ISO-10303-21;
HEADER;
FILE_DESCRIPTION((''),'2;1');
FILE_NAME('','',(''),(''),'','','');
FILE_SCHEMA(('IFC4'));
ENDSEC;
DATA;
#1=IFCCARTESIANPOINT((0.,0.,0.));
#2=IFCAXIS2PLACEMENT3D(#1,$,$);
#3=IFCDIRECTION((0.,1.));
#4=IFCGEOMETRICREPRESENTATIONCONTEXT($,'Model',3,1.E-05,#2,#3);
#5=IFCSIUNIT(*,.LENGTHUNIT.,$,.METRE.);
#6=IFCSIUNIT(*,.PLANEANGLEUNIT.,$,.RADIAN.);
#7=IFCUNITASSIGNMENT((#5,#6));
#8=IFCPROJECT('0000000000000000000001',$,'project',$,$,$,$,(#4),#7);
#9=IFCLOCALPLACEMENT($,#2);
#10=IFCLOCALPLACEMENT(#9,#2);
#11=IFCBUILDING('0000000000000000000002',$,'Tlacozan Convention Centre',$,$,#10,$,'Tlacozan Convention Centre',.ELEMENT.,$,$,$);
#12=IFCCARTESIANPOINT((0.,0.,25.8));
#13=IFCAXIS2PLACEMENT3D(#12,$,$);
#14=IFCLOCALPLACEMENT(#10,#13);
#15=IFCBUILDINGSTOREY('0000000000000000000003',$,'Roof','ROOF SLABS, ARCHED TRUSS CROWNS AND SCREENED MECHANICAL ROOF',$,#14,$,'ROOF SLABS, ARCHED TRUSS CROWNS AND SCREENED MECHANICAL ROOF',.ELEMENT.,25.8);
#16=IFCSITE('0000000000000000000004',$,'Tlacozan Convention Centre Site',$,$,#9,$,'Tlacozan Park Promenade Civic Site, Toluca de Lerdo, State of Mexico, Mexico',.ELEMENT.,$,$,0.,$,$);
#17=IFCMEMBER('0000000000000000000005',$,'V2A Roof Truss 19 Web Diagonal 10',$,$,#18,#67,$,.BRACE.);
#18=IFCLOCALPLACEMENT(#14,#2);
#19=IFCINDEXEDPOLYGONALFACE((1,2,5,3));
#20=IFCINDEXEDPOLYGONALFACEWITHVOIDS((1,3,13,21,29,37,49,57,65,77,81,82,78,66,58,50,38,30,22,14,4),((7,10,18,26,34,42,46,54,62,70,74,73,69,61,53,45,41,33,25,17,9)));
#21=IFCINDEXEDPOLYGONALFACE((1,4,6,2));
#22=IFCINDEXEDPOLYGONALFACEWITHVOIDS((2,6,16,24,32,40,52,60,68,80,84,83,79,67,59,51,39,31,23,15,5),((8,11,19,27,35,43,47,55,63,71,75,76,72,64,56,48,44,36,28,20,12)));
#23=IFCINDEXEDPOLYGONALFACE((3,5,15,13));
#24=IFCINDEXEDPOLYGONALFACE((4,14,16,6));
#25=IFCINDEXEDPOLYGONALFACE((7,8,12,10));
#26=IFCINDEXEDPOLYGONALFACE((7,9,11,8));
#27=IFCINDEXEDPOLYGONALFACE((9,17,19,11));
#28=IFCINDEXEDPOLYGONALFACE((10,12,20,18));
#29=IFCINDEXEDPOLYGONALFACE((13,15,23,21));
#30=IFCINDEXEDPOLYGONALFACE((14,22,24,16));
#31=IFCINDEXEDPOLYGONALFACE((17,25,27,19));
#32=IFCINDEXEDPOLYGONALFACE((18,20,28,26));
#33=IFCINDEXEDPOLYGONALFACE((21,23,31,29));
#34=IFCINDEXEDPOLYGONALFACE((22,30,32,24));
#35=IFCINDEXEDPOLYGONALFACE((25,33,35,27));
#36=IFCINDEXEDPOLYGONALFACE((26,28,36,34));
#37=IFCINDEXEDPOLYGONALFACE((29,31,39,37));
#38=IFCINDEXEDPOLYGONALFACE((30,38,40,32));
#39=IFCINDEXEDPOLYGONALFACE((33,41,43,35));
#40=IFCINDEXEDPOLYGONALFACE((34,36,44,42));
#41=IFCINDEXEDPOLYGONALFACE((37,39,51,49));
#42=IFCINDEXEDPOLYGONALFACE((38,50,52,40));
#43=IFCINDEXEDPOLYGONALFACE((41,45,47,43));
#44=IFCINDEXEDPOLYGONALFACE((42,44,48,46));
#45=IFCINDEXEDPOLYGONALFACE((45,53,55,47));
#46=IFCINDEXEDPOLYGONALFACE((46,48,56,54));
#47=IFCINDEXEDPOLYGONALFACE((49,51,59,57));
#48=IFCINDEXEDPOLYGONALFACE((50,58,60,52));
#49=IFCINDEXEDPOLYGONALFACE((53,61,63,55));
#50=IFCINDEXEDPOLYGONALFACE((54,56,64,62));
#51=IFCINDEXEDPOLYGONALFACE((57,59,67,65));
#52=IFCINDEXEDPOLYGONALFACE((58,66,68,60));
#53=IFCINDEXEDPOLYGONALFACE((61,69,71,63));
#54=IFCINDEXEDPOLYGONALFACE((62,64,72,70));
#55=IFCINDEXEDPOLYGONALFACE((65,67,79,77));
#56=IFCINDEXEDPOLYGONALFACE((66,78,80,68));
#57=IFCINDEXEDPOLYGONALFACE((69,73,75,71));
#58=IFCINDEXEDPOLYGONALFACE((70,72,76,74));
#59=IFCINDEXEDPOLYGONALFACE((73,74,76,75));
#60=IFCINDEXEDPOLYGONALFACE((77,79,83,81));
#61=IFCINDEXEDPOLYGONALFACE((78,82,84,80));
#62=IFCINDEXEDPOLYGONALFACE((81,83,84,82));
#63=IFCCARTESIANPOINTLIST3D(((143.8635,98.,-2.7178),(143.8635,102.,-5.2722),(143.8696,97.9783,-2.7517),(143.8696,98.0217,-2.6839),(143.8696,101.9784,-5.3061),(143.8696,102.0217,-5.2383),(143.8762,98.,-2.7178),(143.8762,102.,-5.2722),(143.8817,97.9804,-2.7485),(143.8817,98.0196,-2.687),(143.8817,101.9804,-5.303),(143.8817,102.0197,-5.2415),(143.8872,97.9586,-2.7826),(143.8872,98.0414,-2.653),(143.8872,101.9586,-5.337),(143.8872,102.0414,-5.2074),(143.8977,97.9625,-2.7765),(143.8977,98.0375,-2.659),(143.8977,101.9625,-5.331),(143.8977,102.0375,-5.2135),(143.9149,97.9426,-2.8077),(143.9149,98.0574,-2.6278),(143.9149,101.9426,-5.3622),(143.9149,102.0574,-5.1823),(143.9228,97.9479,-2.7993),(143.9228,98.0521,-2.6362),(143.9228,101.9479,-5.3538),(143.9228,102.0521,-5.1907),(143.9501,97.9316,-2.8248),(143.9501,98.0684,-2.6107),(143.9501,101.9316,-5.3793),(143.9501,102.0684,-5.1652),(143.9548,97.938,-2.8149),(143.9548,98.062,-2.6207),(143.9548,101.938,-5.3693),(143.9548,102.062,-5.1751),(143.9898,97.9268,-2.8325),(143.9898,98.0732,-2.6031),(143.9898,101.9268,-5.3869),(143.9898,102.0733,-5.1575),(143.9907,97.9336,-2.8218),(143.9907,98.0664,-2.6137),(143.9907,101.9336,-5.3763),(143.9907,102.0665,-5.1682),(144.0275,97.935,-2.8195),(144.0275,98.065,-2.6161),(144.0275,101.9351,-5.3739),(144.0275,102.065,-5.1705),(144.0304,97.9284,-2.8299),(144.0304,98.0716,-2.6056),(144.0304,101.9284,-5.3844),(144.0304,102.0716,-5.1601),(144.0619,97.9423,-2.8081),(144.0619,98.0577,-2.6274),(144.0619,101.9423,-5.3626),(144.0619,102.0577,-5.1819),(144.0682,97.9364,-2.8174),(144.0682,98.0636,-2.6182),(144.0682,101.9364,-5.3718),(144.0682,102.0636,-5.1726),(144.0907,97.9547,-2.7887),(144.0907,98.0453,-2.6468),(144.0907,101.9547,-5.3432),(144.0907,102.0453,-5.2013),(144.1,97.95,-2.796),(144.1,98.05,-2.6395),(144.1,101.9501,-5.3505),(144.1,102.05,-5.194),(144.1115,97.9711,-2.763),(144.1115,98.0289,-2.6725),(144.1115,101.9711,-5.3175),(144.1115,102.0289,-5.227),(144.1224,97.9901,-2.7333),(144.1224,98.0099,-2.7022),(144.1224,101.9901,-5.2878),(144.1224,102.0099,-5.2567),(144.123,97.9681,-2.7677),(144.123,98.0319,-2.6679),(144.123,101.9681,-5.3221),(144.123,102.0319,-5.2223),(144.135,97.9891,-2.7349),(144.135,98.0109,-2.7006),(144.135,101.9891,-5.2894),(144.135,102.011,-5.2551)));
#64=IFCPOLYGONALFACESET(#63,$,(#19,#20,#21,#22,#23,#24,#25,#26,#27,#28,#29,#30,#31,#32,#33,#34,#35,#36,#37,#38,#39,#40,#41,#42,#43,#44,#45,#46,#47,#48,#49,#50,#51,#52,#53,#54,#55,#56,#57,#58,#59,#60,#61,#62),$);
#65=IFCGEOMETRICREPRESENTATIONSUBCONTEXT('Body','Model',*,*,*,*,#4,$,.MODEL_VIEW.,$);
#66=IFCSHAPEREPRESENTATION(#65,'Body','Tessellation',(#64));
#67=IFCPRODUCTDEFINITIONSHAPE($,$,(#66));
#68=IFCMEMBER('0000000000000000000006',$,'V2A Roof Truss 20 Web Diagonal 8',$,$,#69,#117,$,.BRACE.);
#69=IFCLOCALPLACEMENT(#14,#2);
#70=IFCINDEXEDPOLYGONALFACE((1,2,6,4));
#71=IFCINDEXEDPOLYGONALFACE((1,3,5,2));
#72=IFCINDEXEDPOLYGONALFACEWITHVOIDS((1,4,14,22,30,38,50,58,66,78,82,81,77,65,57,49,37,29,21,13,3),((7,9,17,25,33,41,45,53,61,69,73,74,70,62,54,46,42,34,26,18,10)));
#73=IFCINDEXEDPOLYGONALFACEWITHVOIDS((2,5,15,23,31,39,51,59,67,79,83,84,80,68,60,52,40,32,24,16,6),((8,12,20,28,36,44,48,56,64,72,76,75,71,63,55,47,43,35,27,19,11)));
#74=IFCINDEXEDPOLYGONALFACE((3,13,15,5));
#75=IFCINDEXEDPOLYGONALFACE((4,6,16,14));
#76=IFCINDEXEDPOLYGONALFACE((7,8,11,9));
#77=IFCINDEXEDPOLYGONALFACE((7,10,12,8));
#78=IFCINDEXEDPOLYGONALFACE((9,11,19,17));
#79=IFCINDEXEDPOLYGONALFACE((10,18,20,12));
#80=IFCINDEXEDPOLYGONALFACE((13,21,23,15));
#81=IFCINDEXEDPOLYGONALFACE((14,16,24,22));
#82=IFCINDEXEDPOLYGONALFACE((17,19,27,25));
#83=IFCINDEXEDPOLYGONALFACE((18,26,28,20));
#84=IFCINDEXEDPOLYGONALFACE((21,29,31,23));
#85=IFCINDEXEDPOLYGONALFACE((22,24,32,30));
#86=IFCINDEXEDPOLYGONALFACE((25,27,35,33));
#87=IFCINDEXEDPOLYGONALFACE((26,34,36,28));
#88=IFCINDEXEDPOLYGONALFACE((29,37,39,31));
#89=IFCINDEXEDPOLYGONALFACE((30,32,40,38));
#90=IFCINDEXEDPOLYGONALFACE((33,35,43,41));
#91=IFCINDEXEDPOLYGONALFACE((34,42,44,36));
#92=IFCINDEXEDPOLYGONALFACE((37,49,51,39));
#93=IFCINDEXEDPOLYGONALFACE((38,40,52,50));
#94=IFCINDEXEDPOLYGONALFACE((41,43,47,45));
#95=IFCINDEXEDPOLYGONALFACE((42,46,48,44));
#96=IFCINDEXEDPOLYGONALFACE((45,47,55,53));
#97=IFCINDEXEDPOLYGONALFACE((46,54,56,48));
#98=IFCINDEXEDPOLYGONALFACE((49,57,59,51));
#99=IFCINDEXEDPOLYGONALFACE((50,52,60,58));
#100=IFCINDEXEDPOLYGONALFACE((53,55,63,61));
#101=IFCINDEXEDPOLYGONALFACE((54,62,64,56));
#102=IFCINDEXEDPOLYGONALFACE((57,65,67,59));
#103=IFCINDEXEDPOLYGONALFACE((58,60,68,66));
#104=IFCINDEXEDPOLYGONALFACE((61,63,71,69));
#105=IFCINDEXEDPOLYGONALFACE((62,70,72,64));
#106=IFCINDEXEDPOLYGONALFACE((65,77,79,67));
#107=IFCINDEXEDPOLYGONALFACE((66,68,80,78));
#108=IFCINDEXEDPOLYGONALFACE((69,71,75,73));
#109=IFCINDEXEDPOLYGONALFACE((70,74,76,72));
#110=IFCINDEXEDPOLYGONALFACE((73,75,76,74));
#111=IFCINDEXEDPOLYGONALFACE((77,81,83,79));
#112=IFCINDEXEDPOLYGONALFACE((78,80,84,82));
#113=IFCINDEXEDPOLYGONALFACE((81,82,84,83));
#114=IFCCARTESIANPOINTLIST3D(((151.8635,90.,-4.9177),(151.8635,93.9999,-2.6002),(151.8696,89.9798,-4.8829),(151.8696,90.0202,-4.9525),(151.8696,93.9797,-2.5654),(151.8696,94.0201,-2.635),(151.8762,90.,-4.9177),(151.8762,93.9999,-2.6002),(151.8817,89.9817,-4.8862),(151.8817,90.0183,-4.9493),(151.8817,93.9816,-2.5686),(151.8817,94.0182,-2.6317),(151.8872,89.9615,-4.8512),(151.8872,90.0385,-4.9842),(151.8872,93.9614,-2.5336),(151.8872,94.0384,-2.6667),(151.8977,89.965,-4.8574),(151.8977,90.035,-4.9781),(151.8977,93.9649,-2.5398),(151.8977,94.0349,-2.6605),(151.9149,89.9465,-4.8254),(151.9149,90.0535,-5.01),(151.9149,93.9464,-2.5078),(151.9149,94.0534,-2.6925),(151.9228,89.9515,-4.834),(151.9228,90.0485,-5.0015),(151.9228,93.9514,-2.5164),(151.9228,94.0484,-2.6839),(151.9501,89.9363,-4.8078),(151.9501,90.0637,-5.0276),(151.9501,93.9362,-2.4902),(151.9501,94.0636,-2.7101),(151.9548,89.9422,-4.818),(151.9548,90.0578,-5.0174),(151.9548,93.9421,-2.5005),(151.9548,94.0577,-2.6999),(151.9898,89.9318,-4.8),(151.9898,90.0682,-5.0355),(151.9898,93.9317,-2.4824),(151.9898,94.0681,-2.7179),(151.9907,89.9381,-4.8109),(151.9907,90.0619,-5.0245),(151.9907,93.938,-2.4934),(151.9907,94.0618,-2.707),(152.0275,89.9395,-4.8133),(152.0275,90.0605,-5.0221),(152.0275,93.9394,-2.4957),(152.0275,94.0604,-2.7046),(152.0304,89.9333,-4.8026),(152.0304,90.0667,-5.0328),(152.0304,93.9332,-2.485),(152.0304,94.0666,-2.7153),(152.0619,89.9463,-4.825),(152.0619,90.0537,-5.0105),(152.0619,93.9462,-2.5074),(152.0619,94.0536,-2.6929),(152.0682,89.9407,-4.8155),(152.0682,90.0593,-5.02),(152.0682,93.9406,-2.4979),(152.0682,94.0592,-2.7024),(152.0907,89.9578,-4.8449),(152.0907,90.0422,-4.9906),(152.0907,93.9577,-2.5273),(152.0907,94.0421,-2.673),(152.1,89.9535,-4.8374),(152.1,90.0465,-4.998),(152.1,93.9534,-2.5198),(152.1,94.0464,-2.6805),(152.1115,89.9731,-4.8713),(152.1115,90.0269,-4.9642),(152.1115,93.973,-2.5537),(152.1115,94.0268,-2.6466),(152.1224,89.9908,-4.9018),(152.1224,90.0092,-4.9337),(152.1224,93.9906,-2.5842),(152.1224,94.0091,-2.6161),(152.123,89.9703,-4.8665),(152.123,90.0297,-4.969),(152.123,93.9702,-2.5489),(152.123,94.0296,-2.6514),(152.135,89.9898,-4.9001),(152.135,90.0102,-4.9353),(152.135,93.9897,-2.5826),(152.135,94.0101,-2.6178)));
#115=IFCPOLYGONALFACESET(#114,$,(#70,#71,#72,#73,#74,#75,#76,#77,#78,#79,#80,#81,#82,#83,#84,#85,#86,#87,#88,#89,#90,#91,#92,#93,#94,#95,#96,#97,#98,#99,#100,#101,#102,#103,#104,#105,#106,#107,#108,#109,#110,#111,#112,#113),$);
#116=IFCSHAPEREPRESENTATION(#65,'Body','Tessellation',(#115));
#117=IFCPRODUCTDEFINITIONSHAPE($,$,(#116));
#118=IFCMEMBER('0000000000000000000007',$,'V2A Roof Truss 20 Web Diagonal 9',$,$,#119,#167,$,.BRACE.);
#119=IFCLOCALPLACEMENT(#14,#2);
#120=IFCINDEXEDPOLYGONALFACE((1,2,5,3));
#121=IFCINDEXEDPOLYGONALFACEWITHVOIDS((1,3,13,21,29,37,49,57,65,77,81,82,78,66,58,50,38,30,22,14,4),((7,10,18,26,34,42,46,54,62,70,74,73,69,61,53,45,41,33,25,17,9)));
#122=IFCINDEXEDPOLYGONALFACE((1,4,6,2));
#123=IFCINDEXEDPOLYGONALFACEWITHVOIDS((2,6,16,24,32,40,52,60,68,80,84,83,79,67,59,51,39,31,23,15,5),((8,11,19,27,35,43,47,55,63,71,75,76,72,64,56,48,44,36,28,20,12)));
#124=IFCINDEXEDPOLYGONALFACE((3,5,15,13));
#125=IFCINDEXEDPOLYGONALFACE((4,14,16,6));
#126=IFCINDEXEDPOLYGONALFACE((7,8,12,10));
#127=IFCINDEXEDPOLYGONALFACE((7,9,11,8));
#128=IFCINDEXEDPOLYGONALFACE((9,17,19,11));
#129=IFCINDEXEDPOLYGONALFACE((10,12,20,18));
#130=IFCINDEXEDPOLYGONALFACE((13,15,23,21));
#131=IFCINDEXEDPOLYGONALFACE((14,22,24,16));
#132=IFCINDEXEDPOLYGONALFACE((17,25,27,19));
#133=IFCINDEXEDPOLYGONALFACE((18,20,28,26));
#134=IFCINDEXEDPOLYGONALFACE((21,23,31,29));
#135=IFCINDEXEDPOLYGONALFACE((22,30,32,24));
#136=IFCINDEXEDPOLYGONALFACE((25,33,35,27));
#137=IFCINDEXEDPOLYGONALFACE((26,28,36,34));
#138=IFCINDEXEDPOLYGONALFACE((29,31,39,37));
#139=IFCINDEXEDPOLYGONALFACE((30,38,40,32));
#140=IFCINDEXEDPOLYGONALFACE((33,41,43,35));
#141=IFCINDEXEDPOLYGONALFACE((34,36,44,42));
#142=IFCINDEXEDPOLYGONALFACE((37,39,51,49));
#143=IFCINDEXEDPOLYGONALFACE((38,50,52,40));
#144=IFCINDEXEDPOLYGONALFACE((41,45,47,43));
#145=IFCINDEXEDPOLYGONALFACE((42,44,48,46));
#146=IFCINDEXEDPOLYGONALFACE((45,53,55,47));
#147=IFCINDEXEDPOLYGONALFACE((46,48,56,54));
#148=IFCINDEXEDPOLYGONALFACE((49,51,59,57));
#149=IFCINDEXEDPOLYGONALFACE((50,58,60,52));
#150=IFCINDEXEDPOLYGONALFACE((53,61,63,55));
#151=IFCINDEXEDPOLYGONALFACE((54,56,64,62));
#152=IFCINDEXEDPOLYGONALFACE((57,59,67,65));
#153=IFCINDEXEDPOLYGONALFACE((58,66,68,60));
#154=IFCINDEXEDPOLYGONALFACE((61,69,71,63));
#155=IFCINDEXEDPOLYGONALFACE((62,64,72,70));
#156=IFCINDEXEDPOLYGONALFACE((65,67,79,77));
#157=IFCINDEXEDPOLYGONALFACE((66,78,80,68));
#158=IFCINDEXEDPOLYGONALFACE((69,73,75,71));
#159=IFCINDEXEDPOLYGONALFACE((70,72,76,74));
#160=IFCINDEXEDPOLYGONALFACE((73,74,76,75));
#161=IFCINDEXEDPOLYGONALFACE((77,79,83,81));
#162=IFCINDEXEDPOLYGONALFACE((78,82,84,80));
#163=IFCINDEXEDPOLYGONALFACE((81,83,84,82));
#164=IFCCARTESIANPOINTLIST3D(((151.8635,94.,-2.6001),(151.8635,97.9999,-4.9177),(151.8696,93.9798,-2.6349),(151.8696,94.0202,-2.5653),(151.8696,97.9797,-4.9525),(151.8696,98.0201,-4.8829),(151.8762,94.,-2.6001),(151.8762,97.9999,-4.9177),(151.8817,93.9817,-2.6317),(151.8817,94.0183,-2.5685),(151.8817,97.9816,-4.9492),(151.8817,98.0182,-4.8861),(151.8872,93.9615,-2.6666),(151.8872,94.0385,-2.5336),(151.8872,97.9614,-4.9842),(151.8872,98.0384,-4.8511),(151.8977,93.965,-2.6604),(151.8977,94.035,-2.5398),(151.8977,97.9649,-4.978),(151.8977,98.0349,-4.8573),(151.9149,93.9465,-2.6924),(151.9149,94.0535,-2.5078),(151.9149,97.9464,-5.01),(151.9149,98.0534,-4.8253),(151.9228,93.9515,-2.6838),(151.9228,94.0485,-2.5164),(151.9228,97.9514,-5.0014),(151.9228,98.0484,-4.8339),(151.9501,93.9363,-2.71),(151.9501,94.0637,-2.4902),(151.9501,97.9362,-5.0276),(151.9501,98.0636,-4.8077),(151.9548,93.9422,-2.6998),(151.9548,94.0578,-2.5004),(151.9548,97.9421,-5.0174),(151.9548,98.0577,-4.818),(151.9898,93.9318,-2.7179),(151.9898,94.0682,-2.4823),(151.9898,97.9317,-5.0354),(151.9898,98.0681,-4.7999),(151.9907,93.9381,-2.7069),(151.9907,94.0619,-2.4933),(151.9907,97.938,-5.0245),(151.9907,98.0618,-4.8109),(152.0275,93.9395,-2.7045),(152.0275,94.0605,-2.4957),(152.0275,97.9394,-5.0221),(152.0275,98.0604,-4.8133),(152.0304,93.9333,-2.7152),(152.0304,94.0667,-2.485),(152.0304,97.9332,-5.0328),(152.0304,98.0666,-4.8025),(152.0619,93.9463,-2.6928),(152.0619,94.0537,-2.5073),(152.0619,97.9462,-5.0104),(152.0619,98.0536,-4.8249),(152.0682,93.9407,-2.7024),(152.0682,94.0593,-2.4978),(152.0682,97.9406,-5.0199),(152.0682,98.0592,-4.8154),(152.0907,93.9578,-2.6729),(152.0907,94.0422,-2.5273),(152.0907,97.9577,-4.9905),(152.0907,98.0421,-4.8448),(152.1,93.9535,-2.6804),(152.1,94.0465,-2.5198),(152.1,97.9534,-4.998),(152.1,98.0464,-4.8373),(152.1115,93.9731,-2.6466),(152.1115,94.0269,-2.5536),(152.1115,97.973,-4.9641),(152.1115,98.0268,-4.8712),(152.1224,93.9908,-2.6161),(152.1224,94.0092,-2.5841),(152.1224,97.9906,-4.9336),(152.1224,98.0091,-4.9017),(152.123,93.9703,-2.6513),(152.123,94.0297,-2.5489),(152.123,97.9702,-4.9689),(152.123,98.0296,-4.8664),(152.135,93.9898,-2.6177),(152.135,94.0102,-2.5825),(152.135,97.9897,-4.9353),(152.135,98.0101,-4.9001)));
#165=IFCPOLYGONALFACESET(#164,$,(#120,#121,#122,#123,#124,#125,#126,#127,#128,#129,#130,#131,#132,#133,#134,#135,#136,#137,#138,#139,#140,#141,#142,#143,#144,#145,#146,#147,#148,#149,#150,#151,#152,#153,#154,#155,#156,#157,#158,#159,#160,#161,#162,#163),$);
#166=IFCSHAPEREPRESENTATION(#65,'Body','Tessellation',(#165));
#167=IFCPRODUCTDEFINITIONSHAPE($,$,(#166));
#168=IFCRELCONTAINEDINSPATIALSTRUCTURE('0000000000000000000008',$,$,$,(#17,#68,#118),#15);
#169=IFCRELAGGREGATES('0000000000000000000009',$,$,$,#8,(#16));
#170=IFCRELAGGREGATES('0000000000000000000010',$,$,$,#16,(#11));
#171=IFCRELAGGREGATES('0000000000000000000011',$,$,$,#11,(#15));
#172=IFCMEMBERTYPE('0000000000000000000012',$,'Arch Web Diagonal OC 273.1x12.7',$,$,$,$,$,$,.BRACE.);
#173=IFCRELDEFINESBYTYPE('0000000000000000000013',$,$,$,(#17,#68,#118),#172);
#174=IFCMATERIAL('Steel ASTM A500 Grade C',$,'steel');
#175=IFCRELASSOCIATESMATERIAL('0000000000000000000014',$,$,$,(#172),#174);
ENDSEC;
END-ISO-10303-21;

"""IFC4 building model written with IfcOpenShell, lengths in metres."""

from ifc_helpers import new_model, si_unit, direction, frame, origin, origin_2d, place, context, subcontext, project, spatial, hollow_circle, extrude, material, material_profile, profile_set, type_object, element, save


model = new_model("IFC4")

# Units and contexts
model_context = context("Model", 3, precision=1e-05, world=origin(), true_north=direction((0.0, 1.0)))
body_context = subcontext(model_context, "Body", "Model", "MODEL_VIEW")
ifc_project = project(units=[si_unit("LENGTHUNIT", "METRE"), si_unit("PLANEANGLEUNIT", "RADIAN")], contexts=[model_context])

# Site, building, storey
site_placement = place(None, origin())
site = spatial("IfcSite", under=ifc_project, at=site_placement, Name="Tlacozan Convention Centre Site", LongName="Tlacozan Park Promenade Civic Site, Toluca de Lerdo, State of Mexico, Mexico", CompositionType="ELEMENT", RefElevation=0.0)
building_placement = place(site_placement, origin())
building = spatial("IfcBuilding", under=site, at=building_placement, Name="Tlacozan Convention Centre", LongName="Tlacozan Convention Centre", CompositionType="ELEMENT")
storey_placement = place(building_placement, frame((0.0, 0.0, 25.8)))
storey = spatial("IfcBuildingStorey", under=building, at=storey_placement, Name="Roof", Description="ROOF SLABS, ARCHED TRUSS CROWNS AND SCREENED MECHANICAL ROOF", LongName="ROOF SLABS, ARCHED TRUSS CROWNS AND SCREENED MECHANICAL ROOF", CompositionType="ELEMENT", Elevation=25.8)

# Members
ifc_material_1 = material(Name="Steel ASTM A500 Grade C", Category="steel")
ifc_material_profile_1 = material_profile(ifc_material_1, hollow_circle(Radius=0.1365, WallThickness=0.0127, at=origin_2d()), Name="OC 273.1x12.7")
ifc_profile_set_1 = profile_set([ifc_material_profile_1], Name="Steel ASTM A500 Grade C")
member_type_1 = type_object("IfcMemberType", Name="Arch Web Diagonal OC 273.1x12.7", PredefinedType="BRACE", material=ifc_profile_set_1)
member_1_placement = place(storey_placement, frame((144.0, 98.0, -2.7178), z_axis=(0.0, 0.842803, -0.538223), x_axis=(-1.0, 0.0, 0.0)))
element("IfcMember", 1, at=member_1_placement, inside=storey, type_object=member_type_1, Name="V2A Roof Truss 19 Web Diagonal 10", PredefinedType="BRACE", context=body_context, shape_type="SweptSolid", body=[
    extrude(hollow_circle(Radius=0.1365, WallThickness=0.0127, at=origin_2d()), origin(), (0.0, 0.0, 1.0), 4.7461),
])
for number, where, z_axis, x_axis, name in (
    (2, (152.0, 90.0, -4.9177), (0.0, 0.865254, 0.501334), (-1.0, 0.0, 0.0), "V2A Roof Truss 20 Web Diagonal 8"),
    (3, (152.0, 94.0, -2.6001), (0.0, 0.865254, -0.501334), (-1.0, 0.0, 0.0), "V2A Roof Truss 20 Web Diagonal 9"),
):
    element("IfcMember", number, at=place(storey_placement, frame(where, z_axis=z_axis, x_axis=x_axis)), inside=storey, type_object=member_type_1, Name=name, PredefinedType="BRACE", context=body_context, shape_type="SweptSolid", body=[
        extrude(hollow_circle(Radius=0.1365, WallThickness=0.0127, at=origin_2d()), origin(), (0.0, 0.0, 1.0), 4.6228),
    ])

save(model, "model.ifc")
